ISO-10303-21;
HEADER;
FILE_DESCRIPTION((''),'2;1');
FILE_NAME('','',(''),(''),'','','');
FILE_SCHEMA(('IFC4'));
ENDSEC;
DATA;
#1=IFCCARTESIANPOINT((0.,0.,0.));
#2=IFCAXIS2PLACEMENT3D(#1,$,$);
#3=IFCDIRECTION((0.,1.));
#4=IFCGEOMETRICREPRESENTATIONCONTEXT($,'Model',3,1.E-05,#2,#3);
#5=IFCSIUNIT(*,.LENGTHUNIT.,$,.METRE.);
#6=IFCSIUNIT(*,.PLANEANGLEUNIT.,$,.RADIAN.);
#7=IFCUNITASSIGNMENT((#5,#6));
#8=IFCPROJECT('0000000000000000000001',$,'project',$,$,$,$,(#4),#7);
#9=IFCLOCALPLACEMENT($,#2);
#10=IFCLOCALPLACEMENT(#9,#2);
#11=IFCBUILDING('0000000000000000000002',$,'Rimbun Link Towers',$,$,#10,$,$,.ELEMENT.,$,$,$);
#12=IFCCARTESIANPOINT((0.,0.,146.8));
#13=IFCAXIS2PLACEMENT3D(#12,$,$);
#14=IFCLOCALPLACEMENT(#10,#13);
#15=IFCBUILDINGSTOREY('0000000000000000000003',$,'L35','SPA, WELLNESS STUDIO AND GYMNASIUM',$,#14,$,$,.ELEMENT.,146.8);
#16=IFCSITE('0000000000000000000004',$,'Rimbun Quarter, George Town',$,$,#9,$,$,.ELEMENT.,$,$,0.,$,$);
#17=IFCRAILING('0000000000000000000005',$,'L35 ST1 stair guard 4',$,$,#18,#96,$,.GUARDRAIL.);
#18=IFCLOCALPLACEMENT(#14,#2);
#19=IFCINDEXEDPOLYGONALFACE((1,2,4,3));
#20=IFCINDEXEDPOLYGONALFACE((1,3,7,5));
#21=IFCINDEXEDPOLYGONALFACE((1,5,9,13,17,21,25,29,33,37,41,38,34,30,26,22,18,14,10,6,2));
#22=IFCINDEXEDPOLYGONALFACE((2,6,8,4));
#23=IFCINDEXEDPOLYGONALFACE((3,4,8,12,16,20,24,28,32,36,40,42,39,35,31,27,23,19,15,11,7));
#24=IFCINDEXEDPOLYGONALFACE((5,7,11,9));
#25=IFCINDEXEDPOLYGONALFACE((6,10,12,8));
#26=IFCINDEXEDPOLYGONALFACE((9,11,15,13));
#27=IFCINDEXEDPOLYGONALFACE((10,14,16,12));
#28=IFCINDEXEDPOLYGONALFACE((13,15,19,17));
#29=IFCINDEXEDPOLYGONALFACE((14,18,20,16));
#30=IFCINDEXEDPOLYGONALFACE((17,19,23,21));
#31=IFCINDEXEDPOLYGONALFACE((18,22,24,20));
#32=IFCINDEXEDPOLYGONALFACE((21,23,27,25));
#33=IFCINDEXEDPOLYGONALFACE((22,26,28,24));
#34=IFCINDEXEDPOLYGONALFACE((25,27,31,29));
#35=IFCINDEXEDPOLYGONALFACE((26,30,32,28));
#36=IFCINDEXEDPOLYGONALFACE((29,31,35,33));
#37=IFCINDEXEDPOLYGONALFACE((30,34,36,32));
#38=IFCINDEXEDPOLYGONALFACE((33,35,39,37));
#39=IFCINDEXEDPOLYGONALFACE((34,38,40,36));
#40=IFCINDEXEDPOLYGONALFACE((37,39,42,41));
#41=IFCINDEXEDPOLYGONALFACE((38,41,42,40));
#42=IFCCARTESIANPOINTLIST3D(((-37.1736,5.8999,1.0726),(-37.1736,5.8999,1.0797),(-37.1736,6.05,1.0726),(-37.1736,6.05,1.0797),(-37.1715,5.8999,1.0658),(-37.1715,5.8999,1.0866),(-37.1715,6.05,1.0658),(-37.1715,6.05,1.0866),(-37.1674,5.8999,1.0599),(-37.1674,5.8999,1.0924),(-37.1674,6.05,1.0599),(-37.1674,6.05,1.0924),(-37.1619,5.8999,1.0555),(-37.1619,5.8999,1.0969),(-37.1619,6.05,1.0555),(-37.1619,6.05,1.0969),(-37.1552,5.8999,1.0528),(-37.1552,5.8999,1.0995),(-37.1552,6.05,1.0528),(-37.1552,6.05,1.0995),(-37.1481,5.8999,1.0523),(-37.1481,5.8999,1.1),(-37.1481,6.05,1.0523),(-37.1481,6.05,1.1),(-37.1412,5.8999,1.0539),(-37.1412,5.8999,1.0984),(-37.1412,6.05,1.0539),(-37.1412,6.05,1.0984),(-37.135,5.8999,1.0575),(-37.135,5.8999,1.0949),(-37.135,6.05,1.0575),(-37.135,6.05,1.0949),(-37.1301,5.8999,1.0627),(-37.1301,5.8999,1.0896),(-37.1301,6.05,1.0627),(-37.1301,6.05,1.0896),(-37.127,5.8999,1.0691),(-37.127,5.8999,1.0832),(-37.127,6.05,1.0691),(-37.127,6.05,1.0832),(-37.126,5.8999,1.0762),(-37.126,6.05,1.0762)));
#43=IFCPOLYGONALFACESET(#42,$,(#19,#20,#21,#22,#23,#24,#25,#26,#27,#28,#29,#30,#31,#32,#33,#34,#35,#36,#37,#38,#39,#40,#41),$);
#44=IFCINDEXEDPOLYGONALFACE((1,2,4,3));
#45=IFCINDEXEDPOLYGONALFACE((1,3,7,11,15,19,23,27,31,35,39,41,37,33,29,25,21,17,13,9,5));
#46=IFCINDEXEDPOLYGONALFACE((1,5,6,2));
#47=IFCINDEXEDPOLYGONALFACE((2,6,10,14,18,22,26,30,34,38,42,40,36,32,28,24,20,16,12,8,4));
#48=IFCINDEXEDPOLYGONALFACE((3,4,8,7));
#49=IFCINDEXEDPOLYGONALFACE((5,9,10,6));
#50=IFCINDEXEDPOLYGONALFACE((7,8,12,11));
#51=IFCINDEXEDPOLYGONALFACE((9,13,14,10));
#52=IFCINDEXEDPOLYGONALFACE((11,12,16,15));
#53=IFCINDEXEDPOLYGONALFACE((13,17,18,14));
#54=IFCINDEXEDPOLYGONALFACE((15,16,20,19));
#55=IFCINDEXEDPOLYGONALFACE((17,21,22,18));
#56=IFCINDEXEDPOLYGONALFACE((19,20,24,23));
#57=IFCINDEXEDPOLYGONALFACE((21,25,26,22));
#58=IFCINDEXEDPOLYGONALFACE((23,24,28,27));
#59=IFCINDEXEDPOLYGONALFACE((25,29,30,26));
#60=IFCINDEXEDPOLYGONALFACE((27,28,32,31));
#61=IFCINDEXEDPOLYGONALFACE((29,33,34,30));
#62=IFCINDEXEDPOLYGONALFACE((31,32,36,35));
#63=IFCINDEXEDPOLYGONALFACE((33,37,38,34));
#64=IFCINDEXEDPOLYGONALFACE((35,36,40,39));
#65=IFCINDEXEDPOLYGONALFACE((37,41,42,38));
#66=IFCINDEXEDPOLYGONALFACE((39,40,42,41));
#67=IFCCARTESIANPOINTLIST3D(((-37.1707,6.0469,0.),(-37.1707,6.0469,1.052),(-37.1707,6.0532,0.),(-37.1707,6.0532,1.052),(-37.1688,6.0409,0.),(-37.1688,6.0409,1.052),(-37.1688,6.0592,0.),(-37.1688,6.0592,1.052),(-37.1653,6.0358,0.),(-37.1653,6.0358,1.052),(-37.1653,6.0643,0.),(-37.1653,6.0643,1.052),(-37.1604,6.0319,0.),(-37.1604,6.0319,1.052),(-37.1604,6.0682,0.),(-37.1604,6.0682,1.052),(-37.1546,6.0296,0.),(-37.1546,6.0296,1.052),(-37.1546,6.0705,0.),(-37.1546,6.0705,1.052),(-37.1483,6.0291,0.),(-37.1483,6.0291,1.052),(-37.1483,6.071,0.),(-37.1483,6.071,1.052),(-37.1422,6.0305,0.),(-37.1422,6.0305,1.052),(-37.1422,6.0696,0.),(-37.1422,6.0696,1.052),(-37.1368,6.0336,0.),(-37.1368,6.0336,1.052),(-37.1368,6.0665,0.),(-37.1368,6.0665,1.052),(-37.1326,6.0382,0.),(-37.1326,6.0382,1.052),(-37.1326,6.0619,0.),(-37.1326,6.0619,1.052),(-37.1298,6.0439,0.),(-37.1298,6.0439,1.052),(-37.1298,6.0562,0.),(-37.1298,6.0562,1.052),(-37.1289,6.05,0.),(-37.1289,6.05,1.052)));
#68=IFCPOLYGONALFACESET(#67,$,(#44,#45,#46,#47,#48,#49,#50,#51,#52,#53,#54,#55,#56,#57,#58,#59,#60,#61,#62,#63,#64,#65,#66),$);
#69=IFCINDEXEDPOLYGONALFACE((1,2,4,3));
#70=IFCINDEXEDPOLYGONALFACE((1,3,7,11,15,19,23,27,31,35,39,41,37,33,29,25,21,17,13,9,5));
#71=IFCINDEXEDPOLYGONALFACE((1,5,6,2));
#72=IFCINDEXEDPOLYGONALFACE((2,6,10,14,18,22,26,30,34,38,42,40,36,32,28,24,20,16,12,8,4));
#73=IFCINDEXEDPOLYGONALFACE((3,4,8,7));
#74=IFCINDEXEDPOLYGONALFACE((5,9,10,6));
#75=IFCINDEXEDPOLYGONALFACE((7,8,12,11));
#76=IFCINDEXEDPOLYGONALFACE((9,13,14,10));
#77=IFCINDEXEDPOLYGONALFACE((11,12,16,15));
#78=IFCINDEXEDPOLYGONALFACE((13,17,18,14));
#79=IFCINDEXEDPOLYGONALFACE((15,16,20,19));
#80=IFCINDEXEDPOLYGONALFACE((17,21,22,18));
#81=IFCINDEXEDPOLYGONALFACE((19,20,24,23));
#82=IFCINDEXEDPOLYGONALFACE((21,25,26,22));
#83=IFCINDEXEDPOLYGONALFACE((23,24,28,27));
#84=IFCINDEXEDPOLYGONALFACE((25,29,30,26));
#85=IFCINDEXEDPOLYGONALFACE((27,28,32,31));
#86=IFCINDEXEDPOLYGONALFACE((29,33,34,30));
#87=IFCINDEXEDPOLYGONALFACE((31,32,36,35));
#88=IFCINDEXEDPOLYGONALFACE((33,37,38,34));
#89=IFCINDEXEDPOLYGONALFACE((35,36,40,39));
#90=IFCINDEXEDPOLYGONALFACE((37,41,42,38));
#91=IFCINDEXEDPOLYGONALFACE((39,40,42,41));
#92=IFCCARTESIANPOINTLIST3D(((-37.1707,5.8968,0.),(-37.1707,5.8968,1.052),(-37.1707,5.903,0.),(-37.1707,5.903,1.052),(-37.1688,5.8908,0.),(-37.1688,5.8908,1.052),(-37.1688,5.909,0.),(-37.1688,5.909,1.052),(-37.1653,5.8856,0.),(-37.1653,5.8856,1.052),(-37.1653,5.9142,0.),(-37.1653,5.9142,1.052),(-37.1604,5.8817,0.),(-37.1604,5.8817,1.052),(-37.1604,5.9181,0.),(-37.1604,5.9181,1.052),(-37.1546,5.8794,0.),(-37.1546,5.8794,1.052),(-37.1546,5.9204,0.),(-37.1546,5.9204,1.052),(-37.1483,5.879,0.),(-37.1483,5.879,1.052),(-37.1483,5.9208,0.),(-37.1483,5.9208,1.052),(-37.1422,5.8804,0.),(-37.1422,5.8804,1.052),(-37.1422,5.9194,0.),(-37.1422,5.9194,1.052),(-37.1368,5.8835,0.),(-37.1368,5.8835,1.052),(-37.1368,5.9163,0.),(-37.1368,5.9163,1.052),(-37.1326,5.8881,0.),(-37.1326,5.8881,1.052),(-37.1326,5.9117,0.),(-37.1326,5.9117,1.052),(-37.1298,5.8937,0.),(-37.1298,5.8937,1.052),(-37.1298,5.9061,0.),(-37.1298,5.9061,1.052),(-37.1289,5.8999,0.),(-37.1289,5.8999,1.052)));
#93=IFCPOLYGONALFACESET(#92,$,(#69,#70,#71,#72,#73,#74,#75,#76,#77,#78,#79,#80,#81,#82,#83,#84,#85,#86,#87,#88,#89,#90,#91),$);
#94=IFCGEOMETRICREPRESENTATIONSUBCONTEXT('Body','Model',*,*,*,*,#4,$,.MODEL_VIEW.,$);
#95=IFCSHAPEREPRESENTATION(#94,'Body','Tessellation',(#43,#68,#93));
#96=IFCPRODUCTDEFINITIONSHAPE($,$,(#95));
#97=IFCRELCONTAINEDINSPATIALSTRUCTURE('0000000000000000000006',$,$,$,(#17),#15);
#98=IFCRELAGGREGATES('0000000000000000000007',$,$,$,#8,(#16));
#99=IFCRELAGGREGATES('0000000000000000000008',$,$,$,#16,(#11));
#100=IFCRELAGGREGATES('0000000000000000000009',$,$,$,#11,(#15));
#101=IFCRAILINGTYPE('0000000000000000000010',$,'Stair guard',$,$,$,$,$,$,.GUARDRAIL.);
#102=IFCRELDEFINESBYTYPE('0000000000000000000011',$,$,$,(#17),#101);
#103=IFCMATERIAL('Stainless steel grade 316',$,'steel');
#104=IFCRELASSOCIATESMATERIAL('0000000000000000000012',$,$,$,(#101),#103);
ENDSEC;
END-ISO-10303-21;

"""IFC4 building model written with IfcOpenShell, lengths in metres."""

from ifc_helpers import new_model, si_unit, direction, frame, origin, origin_2d, place, context, subcontext, project, spatial, circle, extrude, material, type_object, element, save


model = new_model("IFC4")

# Units and contexts
model_context = context("Model", 3, precision=1e-05, world=origin(), true_north=direction((0.0, 1.0)))
body_context = subcontext(model_context, "Body", "Model", "MODEL_VIEW")
ifc_project = project(units=[si_unit("LENGTHUNIT", "METRE"), si_unit("PLANEANGLEUNIT", "RADIAN")], contexts=[model_context])

# Site, building, storey
site_placement = place(None, origin())
site = spatial("IfcSite", under=ifc_project, at=site_placement, Name="Rimbun Quarter, George Town", CompositionType="ELEMENT", RefElevation=0.0)
building_placement = place(site_placement, origin())
building = spatial("IfcBuilding", under=site, at=building_placement, Name="Rimbun Link Towers", CompositionType="ELEMENT")
storey_placement = place(building_placement, frame((0.0, 0.0, 146.8)))
storey = spatial("IfcBuildingStorey", under=building, at=storey_placement, Name="L35", Description="SPA, WELLNESS STUDIO AND GYMNASIUM", CompositionType="ELEMENT", Elevation=146.8)

# Railing
ifc_material_1 = material(Name="Stainless steel grade 316", Category="steel")
railing_type_1 = type_object("IfcRailingType", Name="Stair guard", PredefinedType="GUARDRAIL", material=ifc_material_1)
railing_1_placement = place(storey_placement, frame((-37.1499, 6.05, 0.0)))
element("IfcRailing", 1, at=railing_1_placement, inside=storey, type_object=railing_type_1, Name="L35 ST1 stair guard 4", PredefinedType="GUARDRAIL", context=body_context, shape_type="SweptSolid", body=[
    extrude(circle(Radius=0.0239, at=origin_2d()), frame((0.0, 0.0, 1.0762), z_axis=(0.0, -1.0, 0.0), x_axis=(1.0, 0.0, 0.0)), (0.0, 0.0, 1.0), 0.1501),
    extrude(circle(Radius=0.021, at=origin_2d()), origin(), (0.0, 0.0, 1.0), 1.052),
    extrude(circle(Radius=0.021, at=origin_2d()), frame((0.0, -0.1501, 0.0)), (0.0, 0.0, 1.0), 1.052),
])

save(model, "model.ifc")
